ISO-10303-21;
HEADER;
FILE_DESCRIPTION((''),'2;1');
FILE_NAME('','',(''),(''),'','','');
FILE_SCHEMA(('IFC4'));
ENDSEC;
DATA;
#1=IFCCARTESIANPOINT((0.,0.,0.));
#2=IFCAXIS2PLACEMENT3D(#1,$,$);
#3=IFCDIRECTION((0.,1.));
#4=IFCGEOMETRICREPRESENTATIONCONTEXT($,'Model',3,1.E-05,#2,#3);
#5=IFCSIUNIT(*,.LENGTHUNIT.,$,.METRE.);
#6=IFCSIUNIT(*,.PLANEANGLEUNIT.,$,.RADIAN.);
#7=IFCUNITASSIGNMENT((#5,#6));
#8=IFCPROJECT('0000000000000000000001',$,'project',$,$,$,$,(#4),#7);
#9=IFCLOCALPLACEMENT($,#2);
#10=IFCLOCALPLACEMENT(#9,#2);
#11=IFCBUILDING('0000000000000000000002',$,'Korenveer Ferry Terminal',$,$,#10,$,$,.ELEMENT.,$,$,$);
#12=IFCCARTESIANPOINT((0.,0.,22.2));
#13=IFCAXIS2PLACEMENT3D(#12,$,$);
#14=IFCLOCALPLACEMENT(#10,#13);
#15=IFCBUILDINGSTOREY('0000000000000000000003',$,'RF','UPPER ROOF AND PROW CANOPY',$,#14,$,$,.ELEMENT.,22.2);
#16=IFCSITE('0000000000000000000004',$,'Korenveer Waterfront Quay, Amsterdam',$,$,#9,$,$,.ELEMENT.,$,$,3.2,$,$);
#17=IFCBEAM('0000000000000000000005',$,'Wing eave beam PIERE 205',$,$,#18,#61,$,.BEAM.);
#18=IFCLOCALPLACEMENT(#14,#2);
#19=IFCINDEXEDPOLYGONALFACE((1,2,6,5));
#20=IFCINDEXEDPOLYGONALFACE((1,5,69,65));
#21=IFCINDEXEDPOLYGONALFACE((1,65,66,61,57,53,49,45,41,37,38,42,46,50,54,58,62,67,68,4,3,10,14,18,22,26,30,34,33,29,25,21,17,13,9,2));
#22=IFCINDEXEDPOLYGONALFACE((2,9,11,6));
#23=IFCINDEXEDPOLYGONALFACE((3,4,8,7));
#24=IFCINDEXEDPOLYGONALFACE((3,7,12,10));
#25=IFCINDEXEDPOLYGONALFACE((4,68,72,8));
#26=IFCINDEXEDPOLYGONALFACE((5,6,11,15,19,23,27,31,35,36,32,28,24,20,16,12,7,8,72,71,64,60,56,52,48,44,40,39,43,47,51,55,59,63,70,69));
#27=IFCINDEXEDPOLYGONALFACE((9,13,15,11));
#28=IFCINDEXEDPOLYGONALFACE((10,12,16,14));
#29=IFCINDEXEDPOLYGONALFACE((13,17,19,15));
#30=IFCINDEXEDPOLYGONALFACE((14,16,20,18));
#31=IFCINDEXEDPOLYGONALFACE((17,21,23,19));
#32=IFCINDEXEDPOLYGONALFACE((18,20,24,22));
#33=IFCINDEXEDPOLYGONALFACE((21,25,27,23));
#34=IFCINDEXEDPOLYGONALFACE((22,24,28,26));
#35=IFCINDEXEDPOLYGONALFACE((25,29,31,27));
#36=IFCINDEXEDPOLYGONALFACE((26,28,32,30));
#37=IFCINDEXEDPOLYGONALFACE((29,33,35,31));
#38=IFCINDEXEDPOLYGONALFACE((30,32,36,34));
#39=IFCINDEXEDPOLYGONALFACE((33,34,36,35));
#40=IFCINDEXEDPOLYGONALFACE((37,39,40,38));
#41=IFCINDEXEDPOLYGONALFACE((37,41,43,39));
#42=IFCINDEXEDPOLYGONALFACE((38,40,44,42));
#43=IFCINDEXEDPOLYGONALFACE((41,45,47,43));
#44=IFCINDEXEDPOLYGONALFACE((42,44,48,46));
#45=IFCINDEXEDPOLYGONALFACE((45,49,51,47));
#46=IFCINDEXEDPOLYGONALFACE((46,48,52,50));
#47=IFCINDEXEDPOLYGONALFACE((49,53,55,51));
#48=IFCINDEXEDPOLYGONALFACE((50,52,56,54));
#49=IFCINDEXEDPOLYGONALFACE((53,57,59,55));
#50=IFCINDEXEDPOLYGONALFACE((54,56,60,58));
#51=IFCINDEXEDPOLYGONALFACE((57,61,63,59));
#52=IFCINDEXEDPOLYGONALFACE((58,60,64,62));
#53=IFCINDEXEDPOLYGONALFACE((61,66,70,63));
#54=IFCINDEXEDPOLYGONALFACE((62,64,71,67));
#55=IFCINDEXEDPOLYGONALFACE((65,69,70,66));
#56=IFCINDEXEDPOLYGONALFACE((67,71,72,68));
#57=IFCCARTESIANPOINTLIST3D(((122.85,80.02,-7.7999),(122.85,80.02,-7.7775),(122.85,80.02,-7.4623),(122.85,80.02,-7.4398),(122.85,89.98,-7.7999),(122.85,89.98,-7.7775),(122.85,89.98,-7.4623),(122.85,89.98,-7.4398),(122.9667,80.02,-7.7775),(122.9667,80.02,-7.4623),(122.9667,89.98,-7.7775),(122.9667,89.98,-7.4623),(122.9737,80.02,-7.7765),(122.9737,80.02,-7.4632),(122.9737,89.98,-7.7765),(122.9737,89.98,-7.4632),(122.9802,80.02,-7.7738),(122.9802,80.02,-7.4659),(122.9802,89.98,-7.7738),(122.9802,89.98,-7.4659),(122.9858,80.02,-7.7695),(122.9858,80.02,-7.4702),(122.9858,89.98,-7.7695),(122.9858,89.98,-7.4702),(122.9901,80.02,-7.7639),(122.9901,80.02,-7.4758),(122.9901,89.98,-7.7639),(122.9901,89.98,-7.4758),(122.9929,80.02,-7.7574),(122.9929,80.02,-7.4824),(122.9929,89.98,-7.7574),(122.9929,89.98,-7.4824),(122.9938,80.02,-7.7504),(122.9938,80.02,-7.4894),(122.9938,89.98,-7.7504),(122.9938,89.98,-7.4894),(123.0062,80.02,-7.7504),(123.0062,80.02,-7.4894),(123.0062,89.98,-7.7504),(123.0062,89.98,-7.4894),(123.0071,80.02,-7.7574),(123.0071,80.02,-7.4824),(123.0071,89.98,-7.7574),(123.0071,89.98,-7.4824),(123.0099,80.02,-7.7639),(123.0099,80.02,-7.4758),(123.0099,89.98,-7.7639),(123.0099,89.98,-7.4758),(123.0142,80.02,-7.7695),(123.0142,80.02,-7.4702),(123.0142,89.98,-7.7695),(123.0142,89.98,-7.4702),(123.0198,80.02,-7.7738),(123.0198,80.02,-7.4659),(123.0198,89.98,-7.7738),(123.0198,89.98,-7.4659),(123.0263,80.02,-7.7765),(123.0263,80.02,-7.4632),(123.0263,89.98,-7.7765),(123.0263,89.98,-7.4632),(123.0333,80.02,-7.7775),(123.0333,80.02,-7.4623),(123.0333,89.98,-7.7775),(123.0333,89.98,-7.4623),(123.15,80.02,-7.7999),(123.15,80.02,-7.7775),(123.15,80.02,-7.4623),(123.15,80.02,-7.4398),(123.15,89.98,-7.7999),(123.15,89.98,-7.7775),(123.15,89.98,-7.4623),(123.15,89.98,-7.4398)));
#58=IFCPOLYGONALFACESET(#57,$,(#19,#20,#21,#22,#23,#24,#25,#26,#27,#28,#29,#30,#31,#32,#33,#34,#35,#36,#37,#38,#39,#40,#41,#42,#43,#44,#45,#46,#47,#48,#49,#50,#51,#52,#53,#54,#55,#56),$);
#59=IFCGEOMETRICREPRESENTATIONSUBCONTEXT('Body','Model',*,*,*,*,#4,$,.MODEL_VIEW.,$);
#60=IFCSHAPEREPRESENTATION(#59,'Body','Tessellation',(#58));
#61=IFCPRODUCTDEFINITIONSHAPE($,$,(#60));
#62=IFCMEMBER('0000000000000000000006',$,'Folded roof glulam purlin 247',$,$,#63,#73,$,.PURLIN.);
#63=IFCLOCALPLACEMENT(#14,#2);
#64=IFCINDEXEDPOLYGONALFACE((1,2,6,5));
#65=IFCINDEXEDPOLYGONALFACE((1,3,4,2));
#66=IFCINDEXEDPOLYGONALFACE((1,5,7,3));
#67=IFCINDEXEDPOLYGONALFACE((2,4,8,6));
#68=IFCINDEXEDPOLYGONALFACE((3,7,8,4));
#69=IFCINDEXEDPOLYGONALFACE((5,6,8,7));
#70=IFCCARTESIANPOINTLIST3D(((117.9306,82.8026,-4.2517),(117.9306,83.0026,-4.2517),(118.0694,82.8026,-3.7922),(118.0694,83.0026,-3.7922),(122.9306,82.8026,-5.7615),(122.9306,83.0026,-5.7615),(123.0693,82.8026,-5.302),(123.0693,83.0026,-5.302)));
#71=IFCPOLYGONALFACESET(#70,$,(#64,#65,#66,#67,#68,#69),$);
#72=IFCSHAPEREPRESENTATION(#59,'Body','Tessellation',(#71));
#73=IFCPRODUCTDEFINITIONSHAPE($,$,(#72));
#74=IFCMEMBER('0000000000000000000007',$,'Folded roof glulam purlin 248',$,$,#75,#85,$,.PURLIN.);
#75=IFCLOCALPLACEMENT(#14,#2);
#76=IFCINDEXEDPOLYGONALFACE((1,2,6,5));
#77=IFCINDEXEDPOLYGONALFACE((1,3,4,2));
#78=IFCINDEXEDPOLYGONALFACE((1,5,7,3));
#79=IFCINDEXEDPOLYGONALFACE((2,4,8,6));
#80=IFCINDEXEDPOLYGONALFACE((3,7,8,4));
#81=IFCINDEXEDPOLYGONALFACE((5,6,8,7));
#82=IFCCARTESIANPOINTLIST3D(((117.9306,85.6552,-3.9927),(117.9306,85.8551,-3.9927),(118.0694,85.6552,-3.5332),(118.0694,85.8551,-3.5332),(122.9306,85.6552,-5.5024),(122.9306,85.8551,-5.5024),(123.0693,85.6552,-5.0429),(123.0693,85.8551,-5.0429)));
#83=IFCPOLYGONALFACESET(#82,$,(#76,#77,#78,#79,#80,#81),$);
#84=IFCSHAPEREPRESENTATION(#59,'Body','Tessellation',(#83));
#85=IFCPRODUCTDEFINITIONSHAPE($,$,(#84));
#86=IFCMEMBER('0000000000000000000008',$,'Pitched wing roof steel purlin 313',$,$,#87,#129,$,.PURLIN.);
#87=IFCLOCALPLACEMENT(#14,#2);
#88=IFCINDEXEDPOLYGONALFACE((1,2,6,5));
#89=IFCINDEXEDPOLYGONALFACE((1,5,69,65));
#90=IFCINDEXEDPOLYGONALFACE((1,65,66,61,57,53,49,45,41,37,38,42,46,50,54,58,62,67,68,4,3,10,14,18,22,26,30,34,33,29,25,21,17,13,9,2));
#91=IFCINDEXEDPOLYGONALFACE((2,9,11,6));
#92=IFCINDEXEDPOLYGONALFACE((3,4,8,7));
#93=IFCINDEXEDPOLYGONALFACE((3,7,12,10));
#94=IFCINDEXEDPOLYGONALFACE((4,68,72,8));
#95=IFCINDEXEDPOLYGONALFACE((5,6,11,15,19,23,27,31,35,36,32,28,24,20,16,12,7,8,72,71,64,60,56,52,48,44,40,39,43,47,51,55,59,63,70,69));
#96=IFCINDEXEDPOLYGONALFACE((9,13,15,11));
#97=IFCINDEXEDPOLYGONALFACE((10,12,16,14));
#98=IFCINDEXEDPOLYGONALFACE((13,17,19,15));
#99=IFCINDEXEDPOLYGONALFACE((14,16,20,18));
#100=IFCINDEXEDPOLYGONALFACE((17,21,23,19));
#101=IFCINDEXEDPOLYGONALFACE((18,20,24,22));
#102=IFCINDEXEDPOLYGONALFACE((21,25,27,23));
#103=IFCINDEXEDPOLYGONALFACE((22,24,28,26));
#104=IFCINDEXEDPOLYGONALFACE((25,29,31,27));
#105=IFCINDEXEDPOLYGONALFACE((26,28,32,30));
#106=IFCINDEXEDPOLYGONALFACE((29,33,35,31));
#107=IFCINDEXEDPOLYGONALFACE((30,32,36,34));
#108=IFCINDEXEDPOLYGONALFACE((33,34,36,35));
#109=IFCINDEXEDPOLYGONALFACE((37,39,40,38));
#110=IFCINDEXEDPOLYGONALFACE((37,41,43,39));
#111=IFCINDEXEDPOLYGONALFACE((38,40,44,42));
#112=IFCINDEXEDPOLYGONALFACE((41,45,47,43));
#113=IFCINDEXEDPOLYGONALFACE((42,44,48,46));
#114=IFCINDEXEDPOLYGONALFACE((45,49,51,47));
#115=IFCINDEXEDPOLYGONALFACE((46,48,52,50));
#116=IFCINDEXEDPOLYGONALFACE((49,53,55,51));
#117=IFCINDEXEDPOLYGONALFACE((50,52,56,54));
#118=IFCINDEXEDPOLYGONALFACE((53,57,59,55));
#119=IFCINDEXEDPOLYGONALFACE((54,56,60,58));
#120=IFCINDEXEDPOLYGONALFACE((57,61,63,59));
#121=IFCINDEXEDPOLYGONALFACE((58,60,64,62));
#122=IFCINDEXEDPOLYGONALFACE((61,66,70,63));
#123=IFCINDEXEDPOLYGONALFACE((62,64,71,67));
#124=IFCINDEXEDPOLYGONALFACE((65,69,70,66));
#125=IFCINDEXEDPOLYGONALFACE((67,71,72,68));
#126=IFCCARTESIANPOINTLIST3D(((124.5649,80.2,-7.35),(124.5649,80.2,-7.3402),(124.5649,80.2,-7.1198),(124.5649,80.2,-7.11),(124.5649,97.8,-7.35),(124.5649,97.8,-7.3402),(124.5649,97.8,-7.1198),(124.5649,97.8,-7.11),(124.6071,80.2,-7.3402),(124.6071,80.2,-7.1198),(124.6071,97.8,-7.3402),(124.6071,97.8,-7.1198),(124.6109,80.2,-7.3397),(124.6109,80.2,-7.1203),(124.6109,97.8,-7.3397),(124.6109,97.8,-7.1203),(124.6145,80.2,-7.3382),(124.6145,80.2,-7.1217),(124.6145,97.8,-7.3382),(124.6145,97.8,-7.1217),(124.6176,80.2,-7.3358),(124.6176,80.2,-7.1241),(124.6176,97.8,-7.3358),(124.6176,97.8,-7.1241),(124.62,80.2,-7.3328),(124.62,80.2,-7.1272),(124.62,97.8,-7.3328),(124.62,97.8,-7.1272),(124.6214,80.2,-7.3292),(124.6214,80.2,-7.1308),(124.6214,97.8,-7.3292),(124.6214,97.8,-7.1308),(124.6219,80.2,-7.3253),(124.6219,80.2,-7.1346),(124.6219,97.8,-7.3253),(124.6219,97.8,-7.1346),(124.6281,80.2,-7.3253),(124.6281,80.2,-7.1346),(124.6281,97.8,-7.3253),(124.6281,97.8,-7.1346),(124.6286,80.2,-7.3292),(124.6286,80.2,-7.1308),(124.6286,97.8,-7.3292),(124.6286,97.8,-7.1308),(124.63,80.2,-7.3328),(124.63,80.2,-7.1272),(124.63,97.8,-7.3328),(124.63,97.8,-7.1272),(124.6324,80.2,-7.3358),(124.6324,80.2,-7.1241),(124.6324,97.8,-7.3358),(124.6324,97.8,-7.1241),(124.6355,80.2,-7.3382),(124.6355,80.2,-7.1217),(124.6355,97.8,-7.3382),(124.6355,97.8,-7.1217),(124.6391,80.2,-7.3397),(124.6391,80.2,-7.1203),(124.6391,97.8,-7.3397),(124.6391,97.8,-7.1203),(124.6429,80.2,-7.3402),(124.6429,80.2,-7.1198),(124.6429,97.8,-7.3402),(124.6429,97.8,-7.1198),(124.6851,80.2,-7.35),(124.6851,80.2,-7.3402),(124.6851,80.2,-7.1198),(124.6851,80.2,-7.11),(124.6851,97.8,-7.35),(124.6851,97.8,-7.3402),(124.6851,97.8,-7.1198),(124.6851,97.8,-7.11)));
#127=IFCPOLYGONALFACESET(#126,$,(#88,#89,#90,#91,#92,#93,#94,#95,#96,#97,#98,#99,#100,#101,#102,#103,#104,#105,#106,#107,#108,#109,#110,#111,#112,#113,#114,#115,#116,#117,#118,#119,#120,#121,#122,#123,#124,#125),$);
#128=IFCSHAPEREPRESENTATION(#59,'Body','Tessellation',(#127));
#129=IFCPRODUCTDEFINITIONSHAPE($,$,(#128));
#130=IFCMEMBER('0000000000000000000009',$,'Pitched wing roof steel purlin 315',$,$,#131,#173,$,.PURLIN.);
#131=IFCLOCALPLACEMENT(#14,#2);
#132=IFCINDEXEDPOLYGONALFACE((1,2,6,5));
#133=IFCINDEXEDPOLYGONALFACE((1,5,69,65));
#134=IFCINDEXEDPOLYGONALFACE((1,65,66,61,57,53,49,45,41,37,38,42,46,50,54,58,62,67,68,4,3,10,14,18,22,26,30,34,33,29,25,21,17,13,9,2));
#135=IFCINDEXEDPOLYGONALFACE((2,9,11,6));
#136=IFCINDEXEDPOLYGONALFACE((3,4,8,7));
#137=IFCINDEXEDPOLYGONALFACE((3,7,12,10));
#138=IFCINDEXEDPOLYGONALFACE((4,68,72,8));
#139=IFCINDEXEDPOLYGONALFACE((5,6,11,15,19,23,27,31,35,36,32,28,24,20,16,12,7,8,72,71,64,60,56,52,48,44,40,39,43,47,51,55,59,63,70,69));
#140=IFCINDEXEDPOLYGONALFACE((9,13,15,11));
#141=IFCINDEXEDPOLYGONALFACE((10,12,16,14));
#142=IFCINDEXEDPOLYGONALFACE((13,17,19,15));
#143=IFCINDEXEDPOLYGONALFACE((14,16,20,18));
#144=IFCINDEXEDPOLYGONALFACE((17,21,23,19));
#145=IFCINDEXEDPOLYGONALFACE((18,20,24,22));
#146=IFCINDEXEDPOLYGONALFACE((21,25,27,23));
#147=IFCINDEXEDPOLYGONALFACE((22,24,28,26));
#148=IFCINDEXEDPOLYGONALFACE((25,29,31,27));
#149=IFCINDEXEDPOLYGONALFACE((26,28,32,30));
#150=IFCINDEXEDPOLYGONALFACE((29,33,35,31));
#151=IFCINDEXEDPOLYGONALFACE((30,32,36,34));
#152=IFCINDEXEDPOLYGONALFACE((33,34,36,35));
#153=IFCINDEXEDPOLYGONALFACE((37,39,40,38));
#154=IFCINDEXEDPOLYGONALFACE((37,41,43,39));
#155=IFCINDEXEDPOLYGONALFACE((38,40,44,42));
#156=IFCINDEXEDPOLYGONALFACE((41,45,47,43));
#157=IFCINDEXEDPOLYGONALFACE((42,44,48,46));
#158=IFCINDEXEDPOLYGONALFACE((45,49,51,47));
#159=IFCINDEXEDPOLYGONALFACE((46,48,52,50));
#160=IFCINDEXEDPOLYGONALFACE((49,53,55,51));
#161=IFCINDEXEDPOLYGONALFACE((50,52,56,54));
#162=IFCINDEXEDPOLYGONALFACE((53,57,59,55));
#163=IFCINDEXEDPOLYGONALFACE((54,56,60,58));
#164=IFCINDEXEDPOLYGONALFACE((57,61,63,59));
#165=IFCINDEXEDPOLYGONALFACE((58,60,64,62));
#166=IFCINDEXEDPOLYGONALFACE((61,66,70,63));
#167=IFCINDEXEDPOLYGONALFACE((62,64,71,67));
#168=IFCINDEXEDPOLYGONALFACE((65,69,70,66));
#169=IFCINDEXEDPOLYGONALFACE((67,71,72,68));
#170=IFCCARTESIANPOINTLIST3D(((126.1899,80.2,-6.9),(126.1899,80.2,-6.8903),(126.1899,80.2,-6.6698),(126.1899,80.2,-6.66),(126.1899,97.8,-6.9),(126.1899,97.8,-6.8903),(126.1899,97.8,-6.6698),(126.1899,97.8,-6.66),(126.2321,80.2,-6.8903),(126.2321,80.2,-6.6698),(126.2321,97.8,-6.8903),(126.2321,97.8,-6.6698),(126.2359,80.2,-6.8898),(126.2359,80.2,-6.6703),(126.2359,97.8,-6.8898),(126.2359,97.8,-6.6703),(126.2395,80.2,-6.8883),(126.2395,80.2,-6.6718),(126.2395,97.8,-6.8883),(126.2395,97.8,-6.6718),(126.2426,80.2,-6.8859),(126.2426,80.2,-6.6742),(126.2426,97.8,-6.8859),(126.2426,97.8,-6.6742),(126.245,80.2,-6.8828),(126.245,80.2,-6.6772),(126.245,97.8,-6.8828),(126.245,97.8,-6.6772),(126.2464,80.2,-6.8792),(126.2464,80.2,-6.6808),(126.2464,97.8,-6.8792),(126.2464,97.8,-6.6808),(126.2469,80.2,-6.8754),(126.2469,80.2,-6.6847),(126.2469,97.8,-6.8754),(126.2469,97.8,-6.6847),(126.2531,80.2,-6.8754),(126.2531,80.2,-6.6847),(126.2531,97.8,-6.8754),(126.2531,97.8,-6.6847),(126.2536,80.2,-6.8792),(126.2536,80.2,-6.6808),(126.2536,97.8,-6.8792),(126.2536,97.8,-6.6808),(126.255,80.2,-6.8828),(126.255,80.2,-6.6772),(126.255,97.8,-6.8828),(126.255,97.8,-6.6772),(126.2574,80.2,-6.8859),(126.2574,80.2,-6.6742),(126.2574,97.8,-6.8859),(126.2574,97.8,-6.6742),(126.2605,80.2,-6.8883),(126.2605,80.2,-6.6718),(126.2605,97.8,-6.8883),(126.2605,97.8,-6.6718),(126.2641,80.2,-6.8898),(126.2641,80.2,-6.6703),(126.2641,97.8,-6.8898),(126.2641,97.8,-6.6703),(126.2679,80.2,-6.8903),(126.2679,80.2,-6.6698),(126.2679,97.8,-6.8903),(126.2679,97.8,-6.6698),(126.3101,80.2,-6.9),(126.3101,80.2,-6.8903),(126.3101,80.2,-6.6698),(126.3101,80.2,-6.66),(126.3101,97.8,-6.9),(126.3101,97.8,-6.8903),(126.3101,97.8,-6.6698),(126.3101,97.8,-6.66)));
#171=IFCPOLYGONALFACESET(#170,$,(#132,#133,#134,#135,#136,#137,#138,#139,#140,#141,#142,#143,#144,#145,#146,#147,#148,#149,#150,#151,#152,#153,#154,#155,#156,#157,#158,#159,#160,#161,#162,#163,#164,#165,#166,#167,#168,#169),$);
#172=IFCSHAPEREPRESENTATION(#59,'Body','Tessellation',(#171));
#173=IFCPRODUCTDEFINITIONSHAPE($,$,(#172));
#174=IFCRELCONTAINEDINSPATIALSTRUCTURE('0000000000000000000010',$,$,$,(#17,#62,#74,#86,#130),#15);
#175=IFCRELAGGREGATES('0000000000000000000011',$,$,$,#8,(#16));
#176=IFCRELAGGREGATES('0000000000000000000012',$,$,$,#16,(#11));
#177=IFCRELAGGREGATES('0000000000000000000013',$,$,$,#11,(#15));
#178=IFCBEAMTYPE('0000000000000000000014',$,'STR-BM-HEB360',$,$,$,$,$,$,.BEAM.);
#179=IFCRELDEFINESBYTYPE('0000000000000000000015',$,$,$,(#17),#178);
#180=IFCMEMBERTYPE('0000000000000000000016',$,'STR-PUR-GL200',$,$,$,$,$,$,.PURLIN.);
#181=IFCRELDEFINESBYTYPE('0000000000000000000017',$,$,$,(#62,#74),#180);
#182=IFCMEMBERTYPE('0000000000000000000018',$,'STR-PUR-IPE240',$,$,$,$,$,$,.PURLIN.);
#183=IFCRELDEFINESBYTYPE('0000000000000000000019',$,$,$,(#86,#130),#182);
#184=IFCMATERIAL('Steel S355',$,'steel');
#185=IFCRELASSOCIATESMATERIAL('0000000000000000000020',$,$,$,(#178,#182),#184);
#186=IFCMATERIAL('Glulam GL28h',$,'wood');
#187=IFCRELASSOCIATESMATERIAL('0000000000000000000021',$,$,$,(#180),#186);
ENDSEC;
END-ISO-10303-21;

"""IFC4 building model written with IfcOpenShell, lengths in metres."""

from ifc_helpers import new_model, si_unit, direction, frame, origin, origin_2d, place, context, subcontext, project, spatial, rectangle, i_section, extrude, material, material_profile, profile_set, type_object, element, save


model = new_model("IFC4")

# Units and contexts
model_context = context("Model", 3, precision=1e-05, world=origin(), true_north=direction((0.0, 1.0)))
body_context = subcontext(model_context, "Body", "Model", "MODEL_VIEW")
ifc_project = project(units=[si_unit("LENGTHUNIT", "METRE"), si_unit("PLANEANGLEUNIT", "RADIAN")], contexts=[model_context])

# Site, building, storey
site_placement = place(None, origin())
site = spatial("IfcSite", under=ifc_project, at=site_placement, Name="Korenveer Waterfront Quay, Amsterdam", CompositionType="ELEMENT", RefElevation=3.2)
building_placement = place(site_placement, origin())
building = spatial("IfcBuilding", under=site, at=building_placement, Name="Korenveer Ferry Terminal", CompositionType="ELEMENT")
storey_placement = place(building_placement, frame((0.0, 0.0, 22.2)))
storey = spatial("IfcBuildingStorey", under=building, at=storey_placement, Name="RF", Description="UPPER ROOF AND PROW CANOPY", CompositionType="ELEMENT", Elevation=22.2)

# Beam
ifc_material_1 = material(Name="Steel S355", Category="steel")
ifc_material_profile_1 = material_profile(ifc_material_1, i_section(OverallWidth=0.3, OverallDepth=0.3601, WebThickness=0.0125, FlangeThickness=0.0225, FilletRadius=0.0271, at=origin_2d()), Name="HEB 360")
ifc_profile_set_1 = profile_set([ifc_material_profile_1], Name="Steel S355")
beam_type_1 = type_object("IfcBeamType", Name="STR-BM-HEB360", PredefinedType="BEAM", material=ifc_profile_set_1)
beam_1_placement = place(storey_placement, frame((123.0, 80.02, -7.6199), z_axis=(0.0, 1.0, 0.0), x_axis=(-1.0, 0.0, 0.0)))
element("IfcBeam", 1, at=beam_1_placement, inside=storey, type_object=beam_type_1, Name="Wing eave beam PIERE 205", PredefinedType="BEAM", context=body_context, shape_type="SweptSolid", body=[
    extrude(i_section(OverallWidth=0.3, OverallDepth=0.3601, WebThickness=0.0125, FlangeThickness=0.0225, FilletRadius=0.0271, at=origin_2d()), origin(), (0.0, 0.0, 1.0), 9.96),
])

# Members
ifc_material_2 = material(Name="Glulam GL28h", Category="wood")
ifc_material_profile_2 = material_profile(ifc_material_2, rectangle(XDim=0.2, YDim=0.48, at=origin_2d()), Name="GL 200x480")
ifc_profile_set_2 = profile_set([ifc_material_profile_2], Name="Glulam GL28h")
member_type_1 = type_object("IfcMemberType", Name="STR-PUR-GL200", PredefinedType="PURLIN", material=ifc_profile_set_2)
for number, where, z_axis, x_axis, name in (
    (2, (118.0, 82.9026, -4.022), (0.95731, 0.0, -0.289063), (0.0, 1.0, 0.0), "Folded roof glulam purlin 247"),
    (3, (118.0, 85.7551, -3.7629), (0.95731, 0.0, -0.289063), (0.0, 1.0, 0.0), "Folded roof glulam purlin 248"),
):
    element("IfcMember", number, at=place(storey_placement, frame(where, z_axis=z_axis, x_axis=x_axis)), inside=storey, type_object=member_type_1, Name=name, PredefinedType="PURLIN", context=body_context, shape_type="SweptSolid", body=[
        extrude(rectangle(XDim=0.2, YDim=0.48, at=origin_2d()), origin(), (0.0, 0.0, 1.0), 5.2229),
    ])
ifc_material_profile_3 = material_profile(ifc_material_1, i_section(OverallWidth=0.1201, OverallDepth=0.24, WebThickness=0.0061, FlangeThickness=0.0098, FilletRadius=0.0149, at=origin_2d()), Name="IPE 240")
ifc_profile_set_3 = profile_set([ifc_material_profile_3], Name="Steel S355")
member_type_2 = type_object("IfcMemberType", Name="STR-PUR-IPE240", PredefinedType="PURLIN", material=ifc_profile_set_3)
for number, where, z_axis, x_axis, name in (
    (4, (124.625, 80.2, -7.23), (0.0, 1.0, 0.0), (-1.0, 0.0, 0.0), "Pitched wing roof steel purlin 313"),
    (5, (126.25, 80.2, -6.78), (0.0, 1.0, 0.0), (-1.0, 0.0, 0.0), "Pitched wing roof steel purlin 315"),
):
    element("IfcMember", number, at=place(storey_placement, frame(where, z_axis=z_axis, x_axis=x_axis)), inside=storey, type_object=member_type_2, Name=name, PredefinedType="PURLIN", context=body_context, shape_type="SweptSolid", body=[
        extrude(i_section(OverallWidth=0.1201, OverallDepth=0.24, WebThickness=0.0061, FlangeThickness=0.0098, FilletRadius=0.0149, at=origin_2d()), origin(), (0.0, 0.0, 1.0), 17.6001),
    ])

save(model, "model.ifc")
